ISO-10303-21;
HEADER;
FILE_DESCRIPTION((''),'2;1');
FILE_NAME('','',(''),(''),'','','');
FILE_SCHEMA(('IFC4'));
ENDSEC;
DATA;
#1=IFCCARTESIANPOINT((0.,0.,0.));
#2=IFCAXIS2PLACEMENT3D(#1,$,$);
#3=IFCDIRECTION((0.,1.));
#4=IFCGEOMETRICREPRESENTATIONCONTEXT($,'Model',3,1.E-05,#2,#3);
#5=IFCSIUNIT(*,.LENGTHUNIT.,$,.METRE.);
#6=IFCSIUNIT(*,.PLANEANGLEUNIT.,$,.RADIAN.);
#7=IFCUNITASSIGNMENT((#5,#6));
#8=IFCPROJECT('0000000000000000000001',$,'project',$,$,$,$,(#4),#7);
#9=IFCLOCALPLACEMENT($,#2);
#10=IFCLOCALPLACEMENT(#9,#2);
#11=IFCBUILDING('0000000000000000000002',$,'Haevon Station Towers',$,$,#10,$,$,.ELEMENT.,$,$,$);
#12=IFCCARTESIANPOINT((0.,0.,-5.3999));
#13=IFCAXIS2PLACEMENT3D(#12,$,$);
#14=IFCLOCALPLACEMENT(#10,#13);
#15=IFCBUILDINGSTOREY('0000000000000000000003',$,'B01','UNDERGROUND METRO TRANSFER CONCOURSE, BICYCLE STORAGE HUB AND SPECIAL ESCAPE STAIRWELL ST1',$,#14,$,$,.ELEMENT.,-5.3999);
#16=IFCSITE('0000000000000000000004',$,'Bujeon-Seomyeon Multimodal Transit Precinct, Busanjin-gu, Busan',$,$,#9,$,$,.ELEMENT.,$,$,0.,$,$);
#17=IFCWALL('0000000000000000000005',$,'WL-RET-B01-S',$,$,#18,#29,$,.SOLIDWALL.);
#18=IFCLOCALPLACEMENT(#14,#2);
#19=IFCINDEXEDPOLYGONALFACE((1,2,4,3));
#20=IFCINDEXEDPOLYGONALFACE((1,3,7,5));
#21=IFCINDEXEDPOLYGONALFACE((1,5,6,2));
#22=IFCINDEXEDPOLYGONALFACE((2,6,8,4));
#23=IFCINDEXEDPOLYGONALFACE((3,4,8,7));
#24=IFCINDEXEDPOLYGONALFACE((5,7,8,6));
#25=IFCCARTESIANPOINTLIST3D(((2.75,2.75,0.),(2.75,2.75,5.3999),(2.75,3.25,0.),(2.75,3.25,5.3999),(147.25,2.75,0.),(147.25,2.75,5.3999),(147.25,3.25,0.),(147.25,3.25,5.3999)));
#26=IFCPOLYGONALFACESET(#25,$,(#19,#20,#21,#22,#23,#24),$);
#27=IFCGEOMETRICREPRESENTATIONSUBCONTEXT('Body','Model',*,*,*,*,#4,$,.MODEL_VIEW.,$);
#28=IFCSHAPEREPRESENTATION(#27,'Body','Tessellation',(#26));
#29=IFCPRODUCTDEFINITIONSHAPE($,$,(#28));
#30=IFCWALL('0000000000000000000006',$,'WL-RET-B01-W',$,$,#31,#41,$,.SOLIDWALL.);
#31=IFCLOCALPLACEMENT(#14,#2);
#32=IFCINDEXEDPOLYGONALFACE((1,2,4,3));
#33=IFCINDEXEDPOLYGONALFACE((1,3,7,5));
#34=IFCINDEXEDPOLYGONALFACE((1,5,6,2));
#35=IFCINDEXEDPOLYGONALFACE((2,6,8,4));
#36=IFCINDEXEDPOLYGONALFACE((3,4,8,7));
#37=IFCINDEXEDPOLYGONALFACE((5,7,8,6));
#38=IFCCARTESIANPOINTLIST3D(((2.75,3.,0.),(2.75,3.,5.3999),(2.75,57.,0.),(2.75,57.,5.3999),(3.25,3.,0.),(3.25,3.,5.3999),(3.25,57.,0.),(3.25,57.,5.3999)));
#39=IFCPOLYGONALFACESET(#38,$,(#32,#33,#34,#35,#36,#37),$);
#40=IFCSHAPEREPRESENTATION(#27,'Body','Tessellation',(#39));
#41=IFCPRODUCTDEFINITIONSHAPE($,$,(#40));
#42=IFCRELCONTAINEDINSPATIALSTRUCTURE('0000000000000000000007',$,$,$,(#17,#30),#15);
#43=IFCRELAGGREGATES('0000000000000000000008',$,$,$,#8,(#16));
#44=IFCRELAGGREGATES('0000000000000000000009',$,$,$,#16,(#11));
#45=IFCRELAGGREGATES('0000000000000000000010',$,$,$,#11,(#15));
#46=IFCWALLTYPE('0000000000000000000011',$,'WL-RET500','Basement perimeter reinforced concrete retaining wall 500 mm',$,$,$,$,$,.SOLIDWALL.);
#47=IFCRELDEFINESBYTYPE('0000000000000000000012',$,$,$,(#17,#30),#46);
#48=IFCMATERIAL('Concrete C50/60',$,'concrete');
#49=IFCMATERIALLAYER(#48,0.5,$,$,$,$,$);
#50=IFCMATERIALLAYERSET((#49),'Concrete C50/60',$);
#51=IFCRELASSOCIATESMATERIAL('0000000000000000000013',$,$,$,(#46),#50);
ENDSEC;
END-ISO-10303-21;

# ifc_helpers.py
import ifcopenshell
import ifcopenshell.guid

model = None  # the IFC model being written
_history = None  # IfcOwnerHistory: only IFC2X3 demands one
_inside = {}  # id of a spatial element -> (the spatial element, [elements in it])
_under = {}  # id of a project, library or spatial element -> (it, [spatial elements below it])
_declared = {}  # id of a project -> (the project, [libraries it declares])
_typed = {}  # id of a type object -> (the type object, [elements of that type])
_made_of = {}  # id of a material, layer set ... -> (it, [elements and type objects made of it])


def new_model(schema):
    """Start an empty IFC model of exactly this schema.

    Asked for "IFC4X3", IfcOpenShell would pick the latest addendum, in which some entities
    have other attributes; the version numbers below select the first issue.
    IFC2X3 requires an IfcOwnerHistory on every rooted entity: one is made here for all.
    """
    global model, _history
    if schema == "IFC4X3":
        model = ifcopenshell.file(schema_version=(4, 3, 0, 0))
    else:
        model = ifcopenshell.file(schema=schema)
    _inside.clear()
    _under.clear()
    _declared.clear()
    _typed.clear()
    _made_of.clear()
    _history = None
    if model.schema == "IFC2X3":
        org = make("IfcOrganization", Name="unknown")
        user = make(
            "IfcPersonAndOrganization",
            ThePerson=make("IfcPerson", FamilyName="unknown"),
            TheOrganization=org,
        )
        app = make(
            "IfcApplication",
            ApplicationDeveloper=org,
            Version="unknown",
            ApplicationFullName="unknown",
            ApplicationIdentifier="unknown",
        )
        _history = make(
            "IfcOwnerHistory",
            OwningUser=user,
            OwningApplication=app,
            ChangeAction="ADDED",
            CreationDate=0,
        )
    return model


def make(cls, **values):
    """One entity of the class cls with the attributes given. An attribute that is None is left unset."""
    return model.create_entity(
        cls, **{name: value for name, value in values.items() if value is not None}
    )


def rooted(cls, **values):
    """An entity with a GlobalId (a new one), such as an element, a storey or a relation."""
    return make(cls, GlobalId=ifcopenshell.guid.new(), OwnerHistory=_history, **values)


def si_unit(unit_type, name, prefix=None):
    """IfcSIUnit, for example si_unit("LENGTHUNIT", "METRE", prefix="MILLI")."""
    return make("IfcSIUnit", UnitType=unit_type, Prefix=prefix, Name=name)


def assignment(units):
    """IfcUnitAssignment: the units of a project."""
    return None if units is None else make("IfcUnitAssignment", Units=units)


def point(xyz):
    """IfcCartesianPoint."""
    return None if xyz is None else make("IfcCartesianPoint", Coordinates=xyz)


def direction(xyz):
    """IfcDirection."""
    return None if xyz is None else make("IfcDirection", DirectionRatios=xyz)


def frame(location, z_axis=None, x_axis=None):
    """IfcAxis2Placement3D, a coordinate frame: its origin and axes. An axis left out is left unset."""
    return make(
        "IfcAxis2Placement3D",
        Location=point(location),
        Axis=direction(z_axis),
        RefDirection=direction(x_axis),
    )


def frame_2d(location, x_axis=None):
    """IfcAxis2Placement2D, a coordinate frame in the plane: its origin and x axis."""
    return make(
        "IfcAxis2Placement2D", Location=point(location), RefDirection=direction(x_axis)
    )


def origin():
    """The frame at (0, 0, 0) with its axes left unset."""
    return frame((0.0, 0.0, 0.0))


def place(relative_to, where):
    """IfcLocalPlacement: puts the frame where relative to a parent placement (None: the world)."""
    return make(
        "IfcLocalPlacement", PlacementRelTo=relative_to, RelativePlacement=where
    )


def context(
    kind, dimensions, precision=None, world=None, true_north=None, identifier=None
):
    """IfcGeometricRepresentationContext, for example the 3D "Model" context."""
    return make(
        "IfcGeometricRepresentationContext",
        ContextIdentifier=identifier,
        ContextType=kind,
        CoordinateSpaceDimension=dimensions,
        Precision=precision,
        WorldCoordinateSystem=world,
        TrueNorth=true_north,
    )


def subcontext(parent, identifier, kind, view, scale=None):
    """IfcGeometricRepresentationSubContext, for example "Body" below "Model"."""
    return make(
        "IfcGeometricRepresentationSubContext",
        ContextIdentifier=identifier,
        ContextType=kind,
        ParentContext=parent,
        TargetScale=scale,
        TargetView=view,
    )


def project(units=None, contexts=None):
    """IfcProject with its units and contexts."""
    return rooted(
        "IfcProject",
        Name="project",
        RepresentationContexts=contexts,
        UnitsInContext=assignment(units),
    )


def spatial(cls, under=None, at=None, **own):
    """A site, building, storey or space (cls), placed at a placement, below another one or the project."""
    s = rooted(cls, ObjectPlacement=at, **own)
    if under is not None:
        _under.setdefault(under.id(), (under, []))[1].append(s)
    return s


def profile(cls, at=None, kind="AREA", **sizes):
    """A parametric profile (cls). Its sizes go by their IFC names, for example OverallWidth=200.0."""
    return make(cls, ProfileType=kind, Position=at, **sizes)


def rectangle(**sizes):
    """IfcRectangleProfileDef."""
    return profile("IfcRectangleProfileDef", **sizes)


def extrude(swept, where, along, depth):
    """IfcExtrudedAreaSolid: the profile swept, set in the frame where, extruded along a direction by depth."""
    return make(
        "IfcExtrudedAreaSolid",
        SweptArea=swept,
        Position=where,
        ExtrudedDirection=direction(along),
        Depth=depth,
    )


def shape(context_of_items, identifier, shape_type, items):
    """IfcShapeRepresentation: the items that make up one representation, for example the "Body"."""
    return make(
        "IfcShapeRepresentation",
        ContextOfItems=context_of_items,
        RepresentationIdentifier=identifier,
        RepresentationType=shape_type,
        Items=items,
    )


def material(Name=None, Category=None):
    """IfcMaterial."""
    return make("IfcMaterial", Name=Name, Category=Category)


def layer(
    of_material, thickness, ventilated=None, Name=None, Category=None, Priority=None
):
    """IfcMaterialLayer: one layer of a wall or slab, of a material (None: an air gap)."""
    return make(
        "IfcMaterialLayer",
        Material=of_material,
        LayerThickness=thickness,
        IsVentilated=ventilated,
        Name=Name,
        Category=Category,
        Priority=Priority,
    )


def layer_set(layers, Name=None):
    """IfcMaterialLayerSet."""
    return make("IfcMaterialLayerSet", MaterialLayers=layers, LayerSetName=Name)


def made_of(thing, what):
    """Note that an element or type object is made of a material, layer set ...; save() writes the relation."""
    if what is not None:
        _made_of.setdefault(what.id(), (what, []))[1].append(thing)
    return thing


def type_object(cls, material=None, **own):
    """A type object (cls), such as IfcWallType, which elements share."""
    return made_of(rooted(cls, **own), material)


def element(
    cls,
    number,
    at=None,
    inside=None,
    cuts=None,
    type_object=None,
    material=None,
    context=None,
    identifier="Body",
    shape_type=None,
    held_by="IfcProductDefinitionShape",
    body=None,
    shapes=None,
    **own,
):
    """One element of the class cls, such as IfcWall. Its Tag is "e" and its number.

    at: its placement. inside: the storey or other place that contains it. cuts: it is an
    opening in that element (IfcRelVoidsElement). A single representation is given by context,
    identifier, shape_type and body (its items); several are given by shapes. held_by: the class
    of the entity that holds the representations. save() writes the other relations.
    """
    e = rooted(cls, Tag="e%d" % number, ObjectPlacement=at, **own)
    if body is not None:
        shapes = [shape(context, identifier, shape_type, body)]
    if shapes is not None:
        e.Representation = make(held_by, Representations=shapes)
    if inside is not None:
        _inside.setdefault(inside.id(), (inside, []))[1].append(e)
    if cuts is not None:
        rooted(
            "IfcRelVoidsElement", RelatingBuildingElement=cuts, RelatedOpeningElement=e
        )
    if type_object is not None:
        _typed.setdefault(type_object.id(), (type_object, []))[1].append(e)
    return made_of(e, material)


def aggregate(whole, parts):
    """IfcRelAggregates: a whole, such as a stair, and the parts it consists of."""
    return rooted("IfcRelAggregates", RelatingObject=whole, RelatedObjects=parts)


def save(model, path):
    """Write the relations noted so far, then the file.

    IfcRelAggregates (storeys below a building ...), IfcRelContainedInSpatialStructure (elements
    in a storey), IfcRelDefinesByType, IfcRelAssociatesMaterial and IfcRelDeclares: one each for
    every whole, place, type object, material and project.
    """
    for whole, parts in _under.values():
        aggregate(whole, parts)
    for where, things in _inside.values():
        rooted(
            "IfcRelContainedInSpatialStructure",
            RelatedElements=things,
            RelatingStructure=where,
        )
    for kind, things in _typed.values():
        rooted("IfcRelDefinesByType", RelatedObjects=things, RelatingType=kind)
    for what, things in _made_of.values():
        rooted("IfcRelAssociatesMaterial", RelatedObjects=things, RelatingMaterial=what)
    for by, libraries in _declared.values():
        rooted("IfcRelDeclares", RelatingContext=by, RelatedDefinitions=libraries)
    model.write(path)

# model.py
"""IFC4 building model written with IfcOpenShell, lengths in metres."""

from ifc_helpers import new_model, si_unit, direction, frame, frame_2d, origin, place, context, subcontext, project, spatial, rectangle, extrude, material, layer, layer_set, type_object, element, save


model = new_model("IFC4")

# Units and contexts
model_context = context("Model", 3, precision=1e-05, world=origin(), true_north=direction((0.0, 1.0)))
body_context = subcontext(model_context, "Body", "Model", "MODEL_VIEW")
ifc_project = project(units=[si_unit("LENGTHUNIT", "METRE"), si_unit("PLANEANGLEUNIT", "RADIAN")], contexts=[model_context])

# Site, building, storey
site_placement = place(None, origin())
site = spatial("IfcSite", under=ifc_project, at=site_placement, Name="Bujeon-Seomyeon Multimodal Transit Precinct, Busanjin-gu, Busan", CompositionType="ELEMENT", RefElevation=0.0)
building_placement = place(site_placement, origin())
building = spatial("IfcBuilding", under=site, at=building_placement, Name="Haevon Station Towers", CompositionType="ELEMENT")
storey_placement = place(building_placement, frame((0.0, 0.0, -5.3999)))
storey = spatial("IfcBuildingStorey", under=building, at=storey_placement, Name="B01", Description="UNDERGROUND METRO TRANSFER CONCOURSE, BICYCLE STORAGE HUB AND SPECIAL ESCAPE STAIRWELL ST1", CompositionType="ELEMENT", Elevation=-5.3999)

# Walls
ifc_material_1 = material(Name="Concrete C50/60", Category="concrete")
ifc_layer_1 = layer(ifc_material_1, 0.5)
ifc_layer_set_1 = layer_set([ifc_layer_1], Name="Concrete C50/60")
wall_type_1 = type_object("IfcWallType", Name="WL-RET500", Description="Basement perimeter reinforced concrete retaining wall 500 mm", PredefinedType="SOLIDWALL", material=ifc_layer_set_1)
wall_1_placement = place(storey_placement, frame((2.75, 3.0, 0.0), z_axis=(0.0, 0.0, 1.0), x_axis=(1.0, 0.0, 0.0)))
element("IfcWall", 1, at=wall_1_placement, inside=storey, type_object=wall_type_1, Name="WL-RET-B01-S", PredefinedType="SOLIDWALL", context=body_context, shape_type="SweptSolid", body=[
    extrude(rectangle(XDim=144.5, YDim=0.5, at=frame_2d((72.25, 0.0))), origin(), (0.0, 0.0, 1.0), 5.3999),
])
wall_2_placement = place(storey_placement, frame((3.0, 3.0, 0.0), z_axis=(0.0, 0.0, 1.0), x_axis=(0.0, 1.0, 0.0)))
element("IfcWall", 2, at=wall_2_placement, inside=storey, type_object=wall_type_1, Name="WL-RET-B01-W", PredefinedType="SOLIDWALL", context=body_context, shape_type="SweptSolid", body=[
    extrude(rectangle(XDim=54.0, YDim=0.5, at=frame_2d((27.0, 0.0))), origin(), (0.0, 0.0, 1.0), 5.3999),
])

save(model, "model.ifc")
